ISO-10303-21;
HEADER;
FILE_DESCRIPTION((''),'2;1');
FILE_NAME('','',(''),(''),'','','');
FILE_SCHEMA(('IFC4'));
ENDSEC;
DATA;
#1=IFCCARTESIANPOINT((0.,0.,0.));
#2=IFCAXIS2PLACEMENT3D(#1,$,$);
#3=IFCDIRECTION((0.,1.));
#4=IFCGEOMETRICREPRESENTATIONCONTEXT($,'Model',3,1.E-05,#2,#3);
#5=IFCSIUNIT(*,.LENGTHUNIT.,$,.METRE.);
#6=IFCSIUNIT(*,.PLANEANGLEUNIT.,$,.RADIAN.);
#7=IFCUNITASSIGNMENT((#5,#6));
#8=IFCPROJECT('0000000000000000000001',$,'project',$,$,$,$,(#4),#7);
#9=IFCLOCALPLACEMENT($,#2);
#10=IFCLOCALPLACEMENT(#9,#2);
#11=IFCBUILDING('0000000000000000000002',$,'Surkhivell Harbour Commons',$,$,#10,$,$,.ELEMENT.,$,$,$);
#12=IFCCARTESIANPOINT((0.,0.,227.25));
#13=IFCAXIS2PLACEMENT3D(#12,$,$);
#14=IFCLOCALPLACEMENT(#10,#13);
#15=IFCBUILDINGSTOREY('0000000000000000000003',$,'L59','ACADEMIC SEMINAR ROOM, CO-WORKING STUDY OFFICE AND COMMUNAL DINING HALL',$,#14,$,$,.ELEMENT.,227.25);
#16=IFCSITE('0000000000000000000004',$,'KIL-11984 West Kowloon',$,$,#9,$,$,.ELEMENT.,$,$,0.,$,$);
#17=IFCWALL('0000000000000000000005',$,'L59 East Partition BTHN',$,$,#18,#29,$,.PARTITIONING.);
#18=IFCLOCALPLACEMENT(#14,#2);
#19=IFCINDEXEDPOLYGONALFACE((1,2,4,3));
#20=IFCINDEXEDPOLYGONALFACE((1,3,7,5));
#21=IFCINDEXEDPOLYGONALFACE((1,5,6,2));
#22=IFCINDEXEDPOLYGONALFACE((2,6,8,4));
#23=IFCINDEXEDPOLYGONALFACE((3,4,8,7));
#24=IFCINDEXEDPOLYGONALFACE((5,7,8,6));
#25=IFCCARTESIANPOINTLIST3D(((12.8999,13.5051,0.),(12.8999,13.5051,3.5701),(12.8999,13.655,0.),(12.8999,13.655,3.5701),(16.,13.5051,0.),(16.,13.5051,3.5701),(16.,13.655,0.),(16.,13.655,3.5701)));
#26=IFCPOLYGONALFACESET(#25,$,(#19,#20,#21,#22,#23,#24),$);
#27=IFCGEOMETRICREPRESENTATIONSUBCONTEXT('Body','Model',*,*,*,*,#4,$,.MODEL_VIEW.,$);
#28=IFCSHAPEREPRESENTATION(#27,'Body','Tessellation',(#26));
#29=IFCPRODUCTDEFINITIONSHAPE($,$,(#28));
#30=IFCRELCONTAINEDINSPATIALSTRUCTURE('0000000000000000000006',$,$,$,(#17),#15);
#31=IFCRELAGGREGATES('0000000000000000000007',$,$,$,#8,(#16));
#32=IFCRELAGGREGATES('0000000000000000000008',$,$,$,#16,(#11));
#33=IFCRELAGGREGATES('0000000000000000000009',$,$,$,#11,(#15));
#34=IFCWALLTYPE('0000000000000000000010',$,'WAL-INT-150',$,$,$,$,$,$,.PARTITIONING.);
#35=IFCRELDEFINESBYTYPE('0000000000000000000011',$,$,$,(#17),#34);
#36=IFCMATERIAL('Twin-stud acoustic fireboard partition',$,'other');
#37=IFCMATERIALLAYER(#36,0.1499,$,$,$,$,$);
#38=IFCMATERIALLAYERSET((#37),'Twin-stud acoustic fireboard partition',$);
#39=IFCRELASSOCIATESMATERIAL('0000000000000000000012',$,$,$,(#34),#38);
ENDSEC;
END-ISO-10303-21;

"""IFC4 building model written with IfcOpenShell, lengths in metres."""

from ifc_helpers import new_model, si_unit, direction, frame, frame_2d, origin, place, context, subcontext, project, spatial, rectangle, extrude, material, layer, layer_set, type_object, element, save


model = new_model("IFC4")

# Units and contexts
model_context = context("Model", 3, precision=1e-05, world=origin(), true_north=direction((0.0, 1.0)))
body_context = subcontext(model_context, "Body", "Model", "MODEL_VIEW")
ifc_project = project(units=[si_unit("LENGTHUNIT", "METRE"), si_unit("PLANEANGLEUNIT", "RADIAN")], contexts=[model_context])

# Site, building, storey
site_placement = place(None, origin())
site = spatial("IfcSite", under=ifc_project, at=site_placement, Name="KIL-11984 West Kowloon", CompositionType="ELEMENT", RefElevation=0.0)
building_placement = place(site_placement, origin())
building = spatial("IfcBuilding", under=site, at=building_placement, Name="Surkhivell Harbour Commons", CompositionType="ELEMENT")
storey_placement = place(building_placement, frame((0.0, 0.0, 227.25)))
storey = spatial("IfcBuildingStorey", under=building, at=storey_placement, Name="L59", Description="ACADEMIC SEMINAR ROOM, CO-WORKING STUDY OFFICE AND COMMUNAL DINING HALL", CompositionType="ELEMENT", Elevation=227.25)

# Wall
ifc_material_1 = material(Name="Twin-stud acoustic fireboard partition", Category="other")
ifc_layer_1 = layer(ifc_material_1, 0.1499)
ifc_layer_set_1 = layer_set([ifc_layer_1], Name="Twin-stud acoustic fireboard partition")
wall_type_1 = type_object("IfcWallType", Name="WAL-INT-150", PredefinedType="PARTITIONING", material=ifc_layer_set_1)
wall_1_placement = place(storey_placement, frame((12.8999, 13.5801, 0.0), z_axis=(0.0, 0.0, 1.0), x_axis=(1.0, 0.0, 0.0)))
element("IfcWall", 1, at=wall_1_placement, inside=storey, type_object=wall_type_1, Name="L59 East Partition BTHN", PredefinedType="PARTITIONING", context=body_context, shape_type="SweptSolid", body=[
    extrude(rectangle(XDim=3.1001, YDim=0.1499, at=frame_2d((1.55, 0.0))), origin(), (0.0, 0.0, 1.0), 3.5701),
])

save(model, "model.ifc")
